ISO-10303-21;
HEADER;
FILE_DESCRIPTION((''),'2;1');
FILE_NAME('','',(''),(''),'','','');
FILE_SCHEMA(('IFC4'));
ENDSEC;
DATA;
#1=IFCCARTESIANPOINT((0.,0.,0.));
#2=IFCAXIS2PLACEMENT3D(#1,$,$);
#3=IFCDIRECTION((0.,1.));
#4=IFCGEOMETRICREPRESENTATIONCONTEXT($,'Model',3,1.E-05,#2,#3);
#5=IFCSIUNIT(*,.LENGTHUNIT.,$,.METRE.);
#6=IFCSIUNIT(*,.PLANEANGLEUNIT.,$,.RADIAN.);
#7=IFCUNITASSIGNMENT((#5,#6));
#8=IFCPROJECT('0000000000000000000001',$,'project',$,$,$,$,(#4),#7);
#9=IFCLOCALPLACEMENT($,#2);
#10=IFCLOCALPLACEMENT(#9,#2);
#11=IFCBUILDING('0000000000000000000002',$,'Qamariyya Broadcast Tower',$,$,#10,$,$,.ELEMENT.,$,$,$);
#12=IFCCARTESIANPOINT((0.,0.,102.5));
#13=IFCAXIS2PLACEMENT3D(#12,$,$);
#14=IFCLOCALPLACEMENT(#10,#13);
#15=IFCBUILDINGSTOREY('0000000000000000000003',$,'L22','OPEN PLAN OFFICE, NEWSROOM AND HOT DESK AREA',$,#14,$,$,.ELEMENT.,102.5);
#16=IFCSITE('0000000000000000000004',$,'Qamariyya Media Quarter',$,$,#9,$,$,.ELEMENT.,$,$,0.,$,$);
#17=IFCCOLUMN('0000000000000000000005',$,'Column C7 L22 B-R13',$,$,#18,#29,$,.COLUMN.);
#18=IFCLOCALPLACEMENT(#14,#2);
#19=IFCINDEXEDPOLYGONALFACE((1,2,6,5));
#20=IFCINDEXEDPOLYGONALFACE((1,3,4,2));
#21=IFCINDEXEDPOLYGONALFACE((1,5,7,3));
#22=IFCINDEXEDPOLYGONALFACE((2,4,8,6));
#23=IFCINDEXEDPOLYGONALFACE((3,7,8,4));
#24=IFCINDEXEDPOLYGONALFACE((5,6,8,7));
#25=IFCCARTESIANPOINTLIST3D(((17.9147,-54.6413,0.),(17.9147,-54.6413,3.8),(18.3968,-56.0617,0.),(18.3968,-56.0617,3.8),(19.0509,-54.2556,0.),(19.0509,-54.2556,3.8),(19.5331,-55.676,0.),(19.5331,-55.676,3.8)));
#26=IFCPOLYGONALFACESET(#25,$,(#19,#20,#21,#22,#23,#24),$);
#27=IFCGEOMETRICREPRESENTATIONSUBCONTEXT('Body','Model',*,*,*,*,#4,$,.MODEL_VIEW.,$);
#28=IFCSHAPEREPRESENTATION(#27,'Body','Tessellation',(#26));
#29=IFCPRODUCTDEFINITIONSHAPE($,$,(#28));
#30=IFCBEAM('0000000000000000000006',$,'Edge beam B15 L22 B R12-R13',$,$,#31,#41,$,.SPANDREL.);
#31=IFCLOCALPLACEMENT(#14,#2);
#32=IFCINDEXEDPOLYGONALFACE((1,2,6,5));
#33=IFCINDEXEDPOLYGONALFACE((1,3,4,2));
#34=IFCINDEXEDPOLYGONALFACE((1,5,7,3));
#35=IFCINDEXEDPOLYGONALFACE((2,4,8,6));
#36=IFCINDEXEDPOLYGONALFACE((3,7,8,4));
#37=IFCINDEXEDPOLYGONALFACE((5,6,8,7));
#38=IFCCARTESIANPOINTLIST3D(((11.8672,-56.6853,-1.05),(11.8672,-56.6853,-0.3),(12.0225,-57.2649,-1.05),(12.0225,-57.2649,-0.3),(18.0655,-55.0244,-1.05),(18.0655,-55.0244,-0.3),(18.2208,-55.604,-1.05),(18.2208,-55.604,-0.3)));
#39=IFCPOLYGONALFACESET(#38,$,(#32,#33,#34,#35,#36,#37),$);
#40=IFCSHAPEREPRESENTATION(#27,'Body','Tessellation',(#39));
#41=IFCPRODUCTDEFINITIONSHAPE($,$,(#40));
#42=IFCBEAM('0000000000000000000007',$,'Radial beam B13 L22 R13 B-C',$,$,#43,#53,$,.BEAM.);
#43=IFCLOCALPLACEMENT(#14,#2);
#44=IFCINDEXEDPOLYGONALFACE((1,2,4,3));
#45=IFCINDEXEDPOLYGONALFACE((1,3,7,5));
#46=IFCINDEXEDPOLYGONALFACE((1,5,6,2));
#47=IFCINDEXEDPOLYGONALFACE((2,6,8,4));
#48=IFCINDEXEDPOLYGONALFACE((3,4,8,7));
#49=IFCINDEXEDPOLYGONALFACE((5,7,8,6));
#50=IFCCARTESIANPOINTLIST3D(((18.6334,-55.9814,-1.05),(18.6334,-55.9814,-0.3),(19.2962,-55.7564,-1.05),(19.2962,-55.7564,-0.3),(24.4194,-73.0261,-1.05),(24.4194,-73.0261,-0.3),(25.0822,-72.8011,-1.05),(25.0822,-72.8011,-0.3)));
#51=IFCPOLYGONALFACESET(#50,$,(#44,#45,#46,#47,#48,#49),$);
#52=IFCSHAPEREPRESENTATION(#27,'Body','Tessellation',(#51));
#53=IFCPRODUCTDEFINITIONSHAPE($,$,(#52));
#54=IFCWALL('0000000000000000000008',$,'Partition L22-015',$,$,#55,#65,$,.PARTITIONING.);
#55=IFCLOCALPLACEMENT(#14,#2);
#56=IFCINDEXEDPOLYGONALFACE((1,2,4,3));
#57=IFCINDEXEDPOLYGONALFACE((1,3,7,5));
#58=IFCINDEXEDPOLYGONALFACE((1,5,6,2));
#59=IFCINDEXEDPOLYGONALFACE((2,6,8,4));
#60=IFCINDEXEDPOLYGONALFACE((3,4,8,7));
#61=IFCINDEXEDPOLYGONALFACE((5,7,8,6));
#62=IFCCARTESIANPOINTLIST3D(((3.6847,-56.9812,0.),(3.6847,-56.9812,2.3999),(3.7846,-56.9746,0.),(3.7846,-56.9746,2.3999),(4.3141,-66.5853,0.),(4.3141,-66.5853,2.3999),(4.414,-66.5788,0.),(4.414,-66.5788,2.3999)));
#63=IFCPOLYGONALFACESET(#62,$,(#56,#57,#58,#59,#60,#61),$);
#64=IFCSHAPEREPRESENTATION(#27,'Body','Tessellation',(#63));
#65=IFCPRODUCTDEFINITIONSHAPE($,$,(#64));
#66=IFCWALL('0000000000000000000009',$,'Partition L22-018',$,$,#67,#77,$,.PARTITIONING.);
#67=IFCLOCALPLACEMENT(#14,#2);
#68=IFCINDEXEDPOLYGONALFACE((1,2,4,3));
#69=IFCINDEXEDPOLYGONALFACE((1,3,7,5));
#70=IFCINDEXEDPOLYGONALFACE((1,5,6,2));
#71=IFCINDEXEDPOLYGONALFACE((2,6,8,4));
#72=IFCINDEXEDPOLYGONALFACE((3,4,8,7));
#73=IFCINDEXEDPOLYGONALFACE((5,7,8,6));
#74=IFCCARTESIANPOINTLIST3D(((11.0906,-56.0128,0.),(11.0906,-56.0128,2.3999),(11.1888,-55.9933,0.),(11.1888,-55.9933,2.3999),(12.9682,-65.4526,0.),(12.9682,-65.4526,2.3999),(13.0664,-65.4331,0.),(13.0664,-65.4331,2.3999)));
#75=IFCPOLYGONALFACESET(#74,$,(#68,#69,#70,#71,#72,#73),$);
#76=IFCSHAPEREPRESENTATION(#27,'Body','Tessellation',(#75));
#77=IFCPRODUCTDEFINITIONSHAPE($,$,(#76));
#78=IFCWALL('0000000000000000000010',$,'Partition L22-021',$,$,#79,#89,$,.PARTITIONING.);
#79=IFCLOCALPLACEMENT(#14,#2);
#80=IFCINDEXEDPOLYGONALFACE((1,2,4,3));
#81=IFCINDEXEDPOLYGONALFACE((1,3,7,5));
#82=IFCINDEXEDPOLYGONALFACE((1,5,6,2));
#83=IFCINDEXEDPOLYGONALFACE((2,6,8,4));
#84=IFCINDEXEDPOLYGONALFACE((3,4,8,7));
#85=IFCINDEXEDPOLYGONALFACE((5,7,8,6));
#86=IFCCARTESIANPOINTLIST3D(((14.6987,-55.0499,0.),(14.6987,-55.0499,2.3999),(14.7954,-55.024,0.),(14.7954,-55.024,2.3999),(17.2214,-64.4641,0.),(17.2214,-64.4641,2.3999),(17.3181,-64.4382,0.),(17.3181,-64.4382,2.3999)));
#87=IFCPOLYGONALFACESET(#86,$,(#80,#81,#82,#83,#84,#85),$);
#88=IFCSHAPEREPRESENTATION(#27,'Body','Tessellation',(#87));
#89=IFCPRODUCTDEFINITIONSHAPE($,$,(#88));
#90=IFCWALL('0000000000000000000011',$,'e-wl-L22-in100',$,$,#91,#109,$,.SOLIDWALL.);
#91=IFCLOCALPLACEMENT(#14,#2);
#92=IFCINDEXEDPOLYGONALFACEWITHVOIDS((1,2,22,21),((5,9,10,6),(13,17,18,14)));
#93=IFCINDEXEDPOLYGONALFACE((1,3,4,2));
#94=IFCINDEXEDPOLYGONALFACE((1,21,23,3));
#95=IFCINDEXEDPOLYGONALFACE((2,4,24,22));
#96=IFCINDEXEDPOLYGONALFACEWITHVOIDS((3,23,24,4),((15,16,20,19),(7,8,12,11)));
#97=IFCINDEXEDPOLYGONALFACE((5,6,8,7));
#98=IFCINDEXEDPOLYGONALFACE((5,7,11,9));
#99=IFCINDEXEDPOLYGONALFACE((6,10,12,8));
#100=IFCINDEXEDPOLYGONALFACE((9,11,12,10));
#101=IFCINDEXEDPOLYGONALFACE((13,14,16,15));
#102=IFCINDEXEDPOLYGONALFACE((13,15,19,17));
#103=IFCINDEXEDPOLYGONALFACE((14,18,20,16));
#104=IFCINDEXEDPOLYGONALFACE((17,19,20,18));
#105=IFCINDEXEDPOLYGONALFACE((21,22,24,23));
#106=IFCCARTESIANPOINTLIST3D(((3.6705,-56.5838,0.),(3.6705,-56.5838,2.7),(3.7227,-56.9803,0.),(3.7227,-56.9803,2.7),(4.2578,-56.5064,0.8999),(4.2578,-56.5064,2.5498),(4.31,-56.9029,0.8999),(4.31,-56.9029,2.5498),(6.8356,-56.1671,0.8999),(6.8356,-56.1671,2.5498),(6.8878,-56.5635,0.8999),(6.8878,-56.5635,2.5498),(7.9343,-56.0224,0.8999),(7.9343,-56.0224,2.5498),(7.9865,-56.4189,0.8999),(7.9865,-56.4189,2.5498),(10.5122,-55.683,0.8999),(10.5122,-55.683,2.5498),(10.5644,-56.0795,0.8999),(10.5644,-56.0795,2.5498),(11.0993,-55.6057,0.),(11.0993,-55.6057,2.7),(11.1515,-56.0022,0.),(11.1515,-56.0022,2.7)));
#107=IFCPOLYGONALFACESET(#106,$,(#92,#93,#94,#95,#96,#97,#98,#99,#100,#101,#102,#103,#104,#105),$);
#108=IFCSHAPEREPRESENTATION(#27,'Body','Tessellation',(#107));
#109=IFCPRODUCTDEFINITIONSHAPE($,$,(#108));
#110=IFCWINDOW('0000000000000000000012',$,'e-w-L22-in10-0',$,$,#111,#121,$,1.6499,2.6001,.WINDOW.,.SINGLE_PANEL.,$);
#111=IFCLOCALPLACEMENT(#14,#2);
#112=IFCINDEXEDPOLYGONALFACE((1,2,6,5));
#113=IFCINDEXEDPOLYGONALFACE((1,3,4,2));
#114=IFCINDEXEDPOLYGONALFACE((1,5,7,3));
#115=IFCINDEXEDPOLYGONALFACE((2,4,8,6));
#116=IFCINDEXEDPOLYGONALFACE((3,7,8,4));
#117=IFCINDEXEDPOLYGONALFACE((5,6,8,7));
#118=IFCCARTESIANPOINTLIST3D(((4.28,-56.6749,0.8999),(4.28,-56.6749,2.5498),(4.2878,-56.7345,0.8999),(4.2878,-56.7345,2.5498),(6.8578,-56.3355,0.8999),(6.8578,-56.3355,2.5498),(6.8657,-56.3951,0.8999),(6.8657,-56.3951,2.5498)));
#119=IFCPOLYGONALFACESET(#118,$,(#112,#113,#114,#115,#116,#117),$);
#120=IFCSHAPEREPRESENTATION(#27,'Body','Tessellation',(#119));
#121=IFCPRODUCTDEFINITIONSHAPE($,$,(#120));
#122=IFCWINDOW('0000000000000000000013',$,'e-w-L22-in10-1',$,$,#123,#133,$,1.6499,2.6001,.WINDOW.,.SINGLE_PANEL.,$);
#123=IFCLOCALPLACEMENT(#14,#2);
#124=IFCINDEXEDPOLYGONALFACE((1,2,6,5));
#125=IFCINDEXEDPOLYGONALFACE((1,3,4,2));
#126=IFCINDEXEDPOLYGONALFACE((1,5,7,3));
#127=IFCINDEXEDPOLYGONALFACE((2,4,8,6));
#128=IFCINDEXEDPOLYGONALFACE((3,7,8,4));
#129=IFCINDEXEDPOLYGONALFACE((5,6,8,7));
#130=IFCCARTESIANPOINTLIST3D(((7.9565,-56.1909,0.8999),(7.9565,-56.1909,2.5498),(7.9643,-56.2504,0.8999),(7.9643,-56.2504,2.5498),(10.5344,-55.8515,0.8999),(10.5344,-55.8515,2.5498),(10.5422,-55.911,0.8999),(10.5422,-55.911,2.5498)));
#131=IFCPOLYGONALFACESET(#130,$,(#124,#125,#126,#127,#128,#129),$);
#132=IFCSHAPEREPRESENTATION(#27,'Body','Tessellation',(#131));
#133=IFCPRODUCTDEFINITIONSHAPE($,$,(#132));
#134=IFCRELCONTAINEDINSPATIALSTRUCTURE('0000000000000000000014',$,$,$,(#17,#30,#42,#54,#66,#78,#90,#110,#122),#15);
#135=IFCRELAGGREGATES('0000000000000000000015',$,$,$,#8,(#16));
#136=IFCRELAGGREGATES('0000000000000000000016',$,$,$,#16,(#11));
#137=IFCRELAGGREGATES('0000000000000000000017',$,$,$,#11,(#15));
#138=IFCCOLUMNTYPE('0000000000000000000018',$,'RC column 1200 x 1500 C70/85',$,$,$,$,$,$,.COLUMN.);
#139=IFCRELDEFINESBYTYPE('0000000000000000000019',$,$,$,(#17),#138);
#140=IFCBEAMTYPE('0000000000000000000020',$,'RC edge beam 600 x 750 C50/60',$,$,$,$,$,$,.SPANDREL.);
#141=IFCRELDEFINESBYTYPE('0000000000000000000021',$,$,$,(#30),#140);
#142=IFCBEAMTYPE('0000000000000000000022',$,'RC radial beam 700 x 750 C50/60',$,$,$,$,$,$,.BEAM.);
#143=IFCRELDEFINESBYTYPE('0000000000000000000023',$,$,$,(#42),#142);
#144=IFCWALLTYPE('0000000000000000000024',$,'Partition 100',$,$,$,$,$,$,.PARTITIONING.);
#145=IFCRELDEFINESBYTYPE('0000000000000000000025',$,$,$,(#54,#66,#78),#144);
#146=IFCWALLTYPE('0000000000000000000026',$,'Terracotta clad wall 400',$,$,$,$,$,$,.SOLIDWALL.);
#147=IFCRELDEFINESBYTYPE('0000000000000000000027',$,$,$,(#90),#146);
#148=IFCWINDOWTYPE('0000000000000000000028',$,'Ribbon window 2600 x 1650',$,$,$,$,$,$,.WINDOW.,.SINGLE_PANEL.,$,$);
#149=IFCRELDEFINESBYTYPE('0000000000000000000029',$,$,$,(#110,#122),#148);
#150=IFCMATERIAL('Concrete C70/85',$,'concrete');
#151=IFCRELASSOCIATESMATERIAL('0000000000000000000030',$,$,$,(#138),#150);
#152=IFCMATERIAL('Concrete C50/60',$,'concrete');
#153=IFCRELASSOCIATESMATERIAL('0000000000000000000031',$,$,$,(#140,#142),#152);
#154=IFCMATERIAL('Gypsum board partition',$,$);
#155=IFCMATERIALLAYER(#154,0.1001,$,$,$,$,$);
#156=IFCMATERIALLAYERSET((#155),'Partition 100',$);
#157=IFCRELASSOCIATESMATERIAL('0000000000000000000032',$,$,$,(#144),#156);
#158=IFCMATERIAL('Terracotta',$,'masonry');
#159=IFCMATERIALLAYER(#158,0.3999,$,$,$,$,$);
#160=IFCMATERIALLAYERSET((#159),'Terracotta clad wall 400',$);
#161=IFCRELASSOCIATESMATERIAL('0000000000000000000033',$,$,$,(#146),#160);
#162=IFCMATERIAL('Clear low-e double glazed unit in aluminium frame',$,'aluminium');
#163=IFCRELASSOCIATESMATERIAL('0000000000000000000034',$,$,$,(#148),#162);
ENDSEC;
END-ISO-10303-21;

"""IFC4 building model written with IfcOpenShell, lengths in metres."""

from ifc_helpers import new_model, si_unit, direction, frame, frame_2d, origin, origin_2d, place, context, subcontext, project, spatial, rectangle, extrude, material, layer, layer_set, material_profile, profile_set, type_object, element, fill, save


model = new_model("IFC4")

# Units and contexts
model_context = context("Model", 3, precision=1e-05, world=origin(), true_north=direction((0.0, 1.0)))
body_context = subcontext(model_context, "Body", "Model", "MODEL_VIEW")
ifc_project = project(units=[si_unit("LENGTHUNIT", "METRE"), si_unit("PLANEANGLEUNIT", "RADIAN")], contexts=[model_context])

# Site, building, storey
site_placement = place(None, origin())
site = spatial("IfcSite", under=ifc_project, at=site_placement, Name="Qamariyya Media Quarter", CompositionType="ELEMENT", RefElevation=0.0)
building_placement = place(site_placement, origin())
building = spatial("IfcBuilding", under=site, at=building_placement, Name="Qamariyya Broadcast Tower", CompositionType="ELEMENT")
storey_placement = place(building_placement, frame((0.0, 0.0, 102.5)))
storey = spatial("IfcBuildingStorey", under=building, at=storey_placement, Name="L22", Description="OPEN PLAN OFFICE, NEWSROOM AND HOT DESK AREA", CompositionType="ELEMENT", Elevation=102.5)

# Column
ifc_material_1 = material(Name="Concrete C70/85", Category="concrete")
ifc_material_profile_1 = material_profile(ifc_material_1, rectangle(XDim=1.2, YDim=1.5, at=origin_2d()))
ifc_profile_set_1 = profile_set([ifc_material_profile_1], Name="Concrete C70/85")
column_type = type_object("IfcColumnType", Name="RC column 1200 x 1500 C70/85", PredefinedType="COLUMN", material=ifc_profile_set_1)
column_placement = place(storey_placement, frame((18.7239, -55.1587, 0.0), z_axis=(0.0, 0.0, 1.0), x_axis=(0.94693, 0.321439, 0.0)))
element("IfcColumn", 1, at=column_placement, inside=storey, type_object=column_type, Name="Column C7 L22 B-R13", PredefinedType="COLUMN", context=body_context, shape_type="SweptSolid", body=[
    extrude(rectangle(XDim=1.2, YDim=1.5, at=origin_2d()), origin(), (0.0, 0.0, 1.0), 3.8),
])

# Beams
ifc_material_2 = material(Name="Concrete C50/60", Category="concrete")
ifc_material_profile_2 = material_profile(ifc_material_2, rectangle(XDim=0.6001, YDim=0.75, at=origin_2d()))
ifc_profile_set_2 = profile_set([ifc_material_profile_2], Name="Concrete C50/60")
beam_type_1 = type_object("IfcBeamType", Name="RC edge beam 600 x 750 C50/60", PredefinedType="SPANDREL", material=ifc_profile_set_2)
beam_1_placement = place(storey_placement, frame((11.9448, -56.9751, -0.675), z_axis=(0.965923, 0.25883, 0.0), x_axis=(-0.25883, 0.965923, 0.0)))
element("IfcBeam", 2, at=beam_1_placement, inside=storey, type_object=beam_type_1, Name="Edge beam B15 L22 B R12-R13", PredefinedType="SPANDREL", context=body_context, shape_type="SweptSolid", body=[
    extrude(rectangle(XDim=0.6001, YDim=0.75, at=origin_2d()), origin(), (0.0, 0.0, 1.0), 6.417),
])
ifc_material_profile_3 = material_profile(ifc_material_2, rectangle(XDim=0.7, YDim=0.75, at=origin_2d()))
ifc_profile_set_3 = profile_set([ifc_material_profile_3], Name="Concrete C50/60")
beam_type_2 = type_object("IfcBeamType", Name="RC radial beam 700 x 750 C50/60", PredefinedType="BEAM", material=ifc_profile_set_3)
beam_2_placement = place(storey_placement, frame((18.9648, -55.8689, -0.675), z_axis=(0.321439, -0.94693, 0.0), x_axis=(0.94693, 0.321439, 0.0)))
element("IfcBeam", 3, at=beam_2_placement, inside=storey, type_object=beam_type_2, Name="Radial beam B13 L22 R13 B-C", PredefinedType="BEAM", context=body_context, shape_type="SweptSolid", body=[
    extrude(rectangle(XDim=0.7, YDim=0.75, at=origin_2d()), origin(), (0.0, 0.0, 1.0), 18.0),
])

# Walls
ifc_material_3 = material(Name="Gypsum board partition")
ifc_layer_1 = layer(ifc_material_3, 0.1001)
ifc_layer_set_1 = layer_set([ifc_layer_1], Name="Partition 100")
wall_type_1 = type_object("IfcWallType", Name="Partition 100", PredefinedType="PARTITIONING", material=ifc_layer_set_1)
for number, where, z_axis, x_axis, name in (
    (4, (3.7346, -56.9778, 0.0), (0.0, 0.0, 1.0), (0.065393, -0.99786, 0.0), "Partition L22-015"),
    (5, (11.1396, -56.0029, 0.0), (0.0, 0.0, 1.0), (0.195087, -0.980786, 0.0), "Partition L22-018"),
):
    element("IfcWall", number, at=place(storey_placement, frame(where, z_axis=z_axis, x_axis=x_axis)), inside=storey, type_object=wall_type_1, Name=name, PredefinedType="PARTITIONING", context=body_context, shape_type="SweptSolid", body=[
        extrude(rectangle(XDim=9.6248, YDim=0.1001, at=frame_2d((4.8125, 0.0))), origin(), (0.0, 0.0, 1.0), 2.3999),
    ])
wall_1_placement = place(storey_placement, frame((14.7471, -55.0371, 0.0), z_axis=(0.0, 0.0, 1.0), x_axis=(0.258833, -0.965922, 0.0)))
element("IfcWall", 6, at=wall_1_placement, inside=storey, type_object=wall_type_1, Name="Partition L22-021", PredefinedType="PARTITIONING", context=body_context, shape_type="SweptSolid", body=[
    extrude(rectangle(XDim=9.7463, YDim=0.1001, at=frame_2d((4.873, 0.0))), origin(), (0.0, 0.0, 1.0), 2.3999),
])

# Wall, openings, windows
ifc_material_4 = material(Name="Terracotta", Category="masonry")
ifc_layer_2 = layer(ifc_material_4, 0.3999)
ifc_layer_set_2 = layer_set([ifc_layer_2], Name="Terracotta clad wall 400")
wall_type_2 = type_object("IfcWallType", Name="Terracotta clad wall 400", PredefinedType="SOLIDWALL", material=ifc_layer_set_2)
wall_2_placement = place(storey_placement, frame((11.1255, -55.804, 0.0), z_axis=(0.0, 0.0, 1.0), x_axis=(-0.991445, -0.130529, 0.0)))
wall_2 = element("IfcWall", 7, at=wall_2_placement, inside=storey, type_object=wall_type_2, Name="e-wl-L22-in100", PredefinedType="SOLIDWALL", context=body_context, shape_type="SweptSolid", body=[
    extrude(rectangle(XDim=7.4929, YDim=0.3999, at=frame_2d((3.7466, 0.0))), origin(), (0.0, 0.0, 1.0), 2.7),
])
opening_1_placement = place(wall_2_placement, frame((4.3005, 0.0, 0.8999)))
opening_1 = element("IfcOpeningElement", 8, at=opening_1_placement, cuts=wall_2, PredefinedType="OPENING", context=body_context, shape_type="SweptSolid", body=[
    extrude(rectangle(XDim=2.6001, YDim=1.6499, at=frame_2d((1.3, 0.825))), frame((0.0, 0.21, 0.0), z_axis=(0.0, -1.0, 0.0), x_axis=(1.0, 0.0, 0.0)), (0.0, 0.0, 1.0), 0.4199),
])
opening_2_placement = place(wall_2_placement, frame((0.5923, 0.0, 0.8999)))
opening_2 = element("IfcOpeningElement", 9, at=opening_2_placement, cuts=wall_2, PredefinedType="OPENING", context=body_context, shape_type="SweptSolid", body=[
    extrude(rectangle(XDim=2.6001, YDim=1.6499, at=frame_2d((1.3, 0.825))), frame((0.0, 0.21, 0.0), z_axis=(0.0, -1.0, 0.0), x_axis=(1.0, 0.0, 0.0)), (0.0, 0.0, 1.0), 0.4199),
])
ifc_material_5 = material(Name="Clear low-e double glazed unit in aluminium frame", Category="aluminium")
window_type = type_object("IfcWindowType", Name="Ribbon window 2600 x 1650", PartitioningType="SINGLE_PANEL", PredefinedType="WINDOW", material=ifc_material_5)
window_1_placement = place(opening_1_placement, origin())
window_1 = element("IfcWindow", 10, at=window_1_placement, inside=storey, type_object=window_type, Name="e-w-L22-in10-0", OverallHeight=1.6499, OverallWidth=2.6001, PartitioningType="SINGLE_PANEL", PredefinedType="WINDOW", context=body_context, shape_type="SweptSolid", body=[
    extrude(rectangle(XDim=2.6001, YDim=1.6499, at=frame_2d((1.3, 0.825))), frame((0.0, 0.03, 0.0), z_axis=(0.0, -1.0, 0.0), x_axis=(1.0, 0.0, 0.0)), (0.0, 0.0, 1.0), 0.0601),
])
fill(opening_1, window_1)
window_2_placement = place(opening_2_placement, origin())
window_2 = element("IfcWindow", 11, at=window_2_placement, inside=storey, type_object=window_type, Name="e-w-L22-in10-1", OverallHeight=1.6499, OverallWidth=2.6001, PartitioningType="SINGLE_PANEL", PredefinedType="WINDOW", context=body_context, shape_type="SweptSolid", body=[
    extrude(rectangle(XDim=2.6001, YDim=1.6499, at=frame_2d((1.3, 0.825))), frame((0.0, 0.03, 0.0), z_axis=(0.0, -1.0, 0.0), x_axis=(1.0, 0.0, 0.0)), (0.0, 0.0, 1.0), 0.0601),
])
fill(opening_2, window_2)

save(model, "model.ifc")
